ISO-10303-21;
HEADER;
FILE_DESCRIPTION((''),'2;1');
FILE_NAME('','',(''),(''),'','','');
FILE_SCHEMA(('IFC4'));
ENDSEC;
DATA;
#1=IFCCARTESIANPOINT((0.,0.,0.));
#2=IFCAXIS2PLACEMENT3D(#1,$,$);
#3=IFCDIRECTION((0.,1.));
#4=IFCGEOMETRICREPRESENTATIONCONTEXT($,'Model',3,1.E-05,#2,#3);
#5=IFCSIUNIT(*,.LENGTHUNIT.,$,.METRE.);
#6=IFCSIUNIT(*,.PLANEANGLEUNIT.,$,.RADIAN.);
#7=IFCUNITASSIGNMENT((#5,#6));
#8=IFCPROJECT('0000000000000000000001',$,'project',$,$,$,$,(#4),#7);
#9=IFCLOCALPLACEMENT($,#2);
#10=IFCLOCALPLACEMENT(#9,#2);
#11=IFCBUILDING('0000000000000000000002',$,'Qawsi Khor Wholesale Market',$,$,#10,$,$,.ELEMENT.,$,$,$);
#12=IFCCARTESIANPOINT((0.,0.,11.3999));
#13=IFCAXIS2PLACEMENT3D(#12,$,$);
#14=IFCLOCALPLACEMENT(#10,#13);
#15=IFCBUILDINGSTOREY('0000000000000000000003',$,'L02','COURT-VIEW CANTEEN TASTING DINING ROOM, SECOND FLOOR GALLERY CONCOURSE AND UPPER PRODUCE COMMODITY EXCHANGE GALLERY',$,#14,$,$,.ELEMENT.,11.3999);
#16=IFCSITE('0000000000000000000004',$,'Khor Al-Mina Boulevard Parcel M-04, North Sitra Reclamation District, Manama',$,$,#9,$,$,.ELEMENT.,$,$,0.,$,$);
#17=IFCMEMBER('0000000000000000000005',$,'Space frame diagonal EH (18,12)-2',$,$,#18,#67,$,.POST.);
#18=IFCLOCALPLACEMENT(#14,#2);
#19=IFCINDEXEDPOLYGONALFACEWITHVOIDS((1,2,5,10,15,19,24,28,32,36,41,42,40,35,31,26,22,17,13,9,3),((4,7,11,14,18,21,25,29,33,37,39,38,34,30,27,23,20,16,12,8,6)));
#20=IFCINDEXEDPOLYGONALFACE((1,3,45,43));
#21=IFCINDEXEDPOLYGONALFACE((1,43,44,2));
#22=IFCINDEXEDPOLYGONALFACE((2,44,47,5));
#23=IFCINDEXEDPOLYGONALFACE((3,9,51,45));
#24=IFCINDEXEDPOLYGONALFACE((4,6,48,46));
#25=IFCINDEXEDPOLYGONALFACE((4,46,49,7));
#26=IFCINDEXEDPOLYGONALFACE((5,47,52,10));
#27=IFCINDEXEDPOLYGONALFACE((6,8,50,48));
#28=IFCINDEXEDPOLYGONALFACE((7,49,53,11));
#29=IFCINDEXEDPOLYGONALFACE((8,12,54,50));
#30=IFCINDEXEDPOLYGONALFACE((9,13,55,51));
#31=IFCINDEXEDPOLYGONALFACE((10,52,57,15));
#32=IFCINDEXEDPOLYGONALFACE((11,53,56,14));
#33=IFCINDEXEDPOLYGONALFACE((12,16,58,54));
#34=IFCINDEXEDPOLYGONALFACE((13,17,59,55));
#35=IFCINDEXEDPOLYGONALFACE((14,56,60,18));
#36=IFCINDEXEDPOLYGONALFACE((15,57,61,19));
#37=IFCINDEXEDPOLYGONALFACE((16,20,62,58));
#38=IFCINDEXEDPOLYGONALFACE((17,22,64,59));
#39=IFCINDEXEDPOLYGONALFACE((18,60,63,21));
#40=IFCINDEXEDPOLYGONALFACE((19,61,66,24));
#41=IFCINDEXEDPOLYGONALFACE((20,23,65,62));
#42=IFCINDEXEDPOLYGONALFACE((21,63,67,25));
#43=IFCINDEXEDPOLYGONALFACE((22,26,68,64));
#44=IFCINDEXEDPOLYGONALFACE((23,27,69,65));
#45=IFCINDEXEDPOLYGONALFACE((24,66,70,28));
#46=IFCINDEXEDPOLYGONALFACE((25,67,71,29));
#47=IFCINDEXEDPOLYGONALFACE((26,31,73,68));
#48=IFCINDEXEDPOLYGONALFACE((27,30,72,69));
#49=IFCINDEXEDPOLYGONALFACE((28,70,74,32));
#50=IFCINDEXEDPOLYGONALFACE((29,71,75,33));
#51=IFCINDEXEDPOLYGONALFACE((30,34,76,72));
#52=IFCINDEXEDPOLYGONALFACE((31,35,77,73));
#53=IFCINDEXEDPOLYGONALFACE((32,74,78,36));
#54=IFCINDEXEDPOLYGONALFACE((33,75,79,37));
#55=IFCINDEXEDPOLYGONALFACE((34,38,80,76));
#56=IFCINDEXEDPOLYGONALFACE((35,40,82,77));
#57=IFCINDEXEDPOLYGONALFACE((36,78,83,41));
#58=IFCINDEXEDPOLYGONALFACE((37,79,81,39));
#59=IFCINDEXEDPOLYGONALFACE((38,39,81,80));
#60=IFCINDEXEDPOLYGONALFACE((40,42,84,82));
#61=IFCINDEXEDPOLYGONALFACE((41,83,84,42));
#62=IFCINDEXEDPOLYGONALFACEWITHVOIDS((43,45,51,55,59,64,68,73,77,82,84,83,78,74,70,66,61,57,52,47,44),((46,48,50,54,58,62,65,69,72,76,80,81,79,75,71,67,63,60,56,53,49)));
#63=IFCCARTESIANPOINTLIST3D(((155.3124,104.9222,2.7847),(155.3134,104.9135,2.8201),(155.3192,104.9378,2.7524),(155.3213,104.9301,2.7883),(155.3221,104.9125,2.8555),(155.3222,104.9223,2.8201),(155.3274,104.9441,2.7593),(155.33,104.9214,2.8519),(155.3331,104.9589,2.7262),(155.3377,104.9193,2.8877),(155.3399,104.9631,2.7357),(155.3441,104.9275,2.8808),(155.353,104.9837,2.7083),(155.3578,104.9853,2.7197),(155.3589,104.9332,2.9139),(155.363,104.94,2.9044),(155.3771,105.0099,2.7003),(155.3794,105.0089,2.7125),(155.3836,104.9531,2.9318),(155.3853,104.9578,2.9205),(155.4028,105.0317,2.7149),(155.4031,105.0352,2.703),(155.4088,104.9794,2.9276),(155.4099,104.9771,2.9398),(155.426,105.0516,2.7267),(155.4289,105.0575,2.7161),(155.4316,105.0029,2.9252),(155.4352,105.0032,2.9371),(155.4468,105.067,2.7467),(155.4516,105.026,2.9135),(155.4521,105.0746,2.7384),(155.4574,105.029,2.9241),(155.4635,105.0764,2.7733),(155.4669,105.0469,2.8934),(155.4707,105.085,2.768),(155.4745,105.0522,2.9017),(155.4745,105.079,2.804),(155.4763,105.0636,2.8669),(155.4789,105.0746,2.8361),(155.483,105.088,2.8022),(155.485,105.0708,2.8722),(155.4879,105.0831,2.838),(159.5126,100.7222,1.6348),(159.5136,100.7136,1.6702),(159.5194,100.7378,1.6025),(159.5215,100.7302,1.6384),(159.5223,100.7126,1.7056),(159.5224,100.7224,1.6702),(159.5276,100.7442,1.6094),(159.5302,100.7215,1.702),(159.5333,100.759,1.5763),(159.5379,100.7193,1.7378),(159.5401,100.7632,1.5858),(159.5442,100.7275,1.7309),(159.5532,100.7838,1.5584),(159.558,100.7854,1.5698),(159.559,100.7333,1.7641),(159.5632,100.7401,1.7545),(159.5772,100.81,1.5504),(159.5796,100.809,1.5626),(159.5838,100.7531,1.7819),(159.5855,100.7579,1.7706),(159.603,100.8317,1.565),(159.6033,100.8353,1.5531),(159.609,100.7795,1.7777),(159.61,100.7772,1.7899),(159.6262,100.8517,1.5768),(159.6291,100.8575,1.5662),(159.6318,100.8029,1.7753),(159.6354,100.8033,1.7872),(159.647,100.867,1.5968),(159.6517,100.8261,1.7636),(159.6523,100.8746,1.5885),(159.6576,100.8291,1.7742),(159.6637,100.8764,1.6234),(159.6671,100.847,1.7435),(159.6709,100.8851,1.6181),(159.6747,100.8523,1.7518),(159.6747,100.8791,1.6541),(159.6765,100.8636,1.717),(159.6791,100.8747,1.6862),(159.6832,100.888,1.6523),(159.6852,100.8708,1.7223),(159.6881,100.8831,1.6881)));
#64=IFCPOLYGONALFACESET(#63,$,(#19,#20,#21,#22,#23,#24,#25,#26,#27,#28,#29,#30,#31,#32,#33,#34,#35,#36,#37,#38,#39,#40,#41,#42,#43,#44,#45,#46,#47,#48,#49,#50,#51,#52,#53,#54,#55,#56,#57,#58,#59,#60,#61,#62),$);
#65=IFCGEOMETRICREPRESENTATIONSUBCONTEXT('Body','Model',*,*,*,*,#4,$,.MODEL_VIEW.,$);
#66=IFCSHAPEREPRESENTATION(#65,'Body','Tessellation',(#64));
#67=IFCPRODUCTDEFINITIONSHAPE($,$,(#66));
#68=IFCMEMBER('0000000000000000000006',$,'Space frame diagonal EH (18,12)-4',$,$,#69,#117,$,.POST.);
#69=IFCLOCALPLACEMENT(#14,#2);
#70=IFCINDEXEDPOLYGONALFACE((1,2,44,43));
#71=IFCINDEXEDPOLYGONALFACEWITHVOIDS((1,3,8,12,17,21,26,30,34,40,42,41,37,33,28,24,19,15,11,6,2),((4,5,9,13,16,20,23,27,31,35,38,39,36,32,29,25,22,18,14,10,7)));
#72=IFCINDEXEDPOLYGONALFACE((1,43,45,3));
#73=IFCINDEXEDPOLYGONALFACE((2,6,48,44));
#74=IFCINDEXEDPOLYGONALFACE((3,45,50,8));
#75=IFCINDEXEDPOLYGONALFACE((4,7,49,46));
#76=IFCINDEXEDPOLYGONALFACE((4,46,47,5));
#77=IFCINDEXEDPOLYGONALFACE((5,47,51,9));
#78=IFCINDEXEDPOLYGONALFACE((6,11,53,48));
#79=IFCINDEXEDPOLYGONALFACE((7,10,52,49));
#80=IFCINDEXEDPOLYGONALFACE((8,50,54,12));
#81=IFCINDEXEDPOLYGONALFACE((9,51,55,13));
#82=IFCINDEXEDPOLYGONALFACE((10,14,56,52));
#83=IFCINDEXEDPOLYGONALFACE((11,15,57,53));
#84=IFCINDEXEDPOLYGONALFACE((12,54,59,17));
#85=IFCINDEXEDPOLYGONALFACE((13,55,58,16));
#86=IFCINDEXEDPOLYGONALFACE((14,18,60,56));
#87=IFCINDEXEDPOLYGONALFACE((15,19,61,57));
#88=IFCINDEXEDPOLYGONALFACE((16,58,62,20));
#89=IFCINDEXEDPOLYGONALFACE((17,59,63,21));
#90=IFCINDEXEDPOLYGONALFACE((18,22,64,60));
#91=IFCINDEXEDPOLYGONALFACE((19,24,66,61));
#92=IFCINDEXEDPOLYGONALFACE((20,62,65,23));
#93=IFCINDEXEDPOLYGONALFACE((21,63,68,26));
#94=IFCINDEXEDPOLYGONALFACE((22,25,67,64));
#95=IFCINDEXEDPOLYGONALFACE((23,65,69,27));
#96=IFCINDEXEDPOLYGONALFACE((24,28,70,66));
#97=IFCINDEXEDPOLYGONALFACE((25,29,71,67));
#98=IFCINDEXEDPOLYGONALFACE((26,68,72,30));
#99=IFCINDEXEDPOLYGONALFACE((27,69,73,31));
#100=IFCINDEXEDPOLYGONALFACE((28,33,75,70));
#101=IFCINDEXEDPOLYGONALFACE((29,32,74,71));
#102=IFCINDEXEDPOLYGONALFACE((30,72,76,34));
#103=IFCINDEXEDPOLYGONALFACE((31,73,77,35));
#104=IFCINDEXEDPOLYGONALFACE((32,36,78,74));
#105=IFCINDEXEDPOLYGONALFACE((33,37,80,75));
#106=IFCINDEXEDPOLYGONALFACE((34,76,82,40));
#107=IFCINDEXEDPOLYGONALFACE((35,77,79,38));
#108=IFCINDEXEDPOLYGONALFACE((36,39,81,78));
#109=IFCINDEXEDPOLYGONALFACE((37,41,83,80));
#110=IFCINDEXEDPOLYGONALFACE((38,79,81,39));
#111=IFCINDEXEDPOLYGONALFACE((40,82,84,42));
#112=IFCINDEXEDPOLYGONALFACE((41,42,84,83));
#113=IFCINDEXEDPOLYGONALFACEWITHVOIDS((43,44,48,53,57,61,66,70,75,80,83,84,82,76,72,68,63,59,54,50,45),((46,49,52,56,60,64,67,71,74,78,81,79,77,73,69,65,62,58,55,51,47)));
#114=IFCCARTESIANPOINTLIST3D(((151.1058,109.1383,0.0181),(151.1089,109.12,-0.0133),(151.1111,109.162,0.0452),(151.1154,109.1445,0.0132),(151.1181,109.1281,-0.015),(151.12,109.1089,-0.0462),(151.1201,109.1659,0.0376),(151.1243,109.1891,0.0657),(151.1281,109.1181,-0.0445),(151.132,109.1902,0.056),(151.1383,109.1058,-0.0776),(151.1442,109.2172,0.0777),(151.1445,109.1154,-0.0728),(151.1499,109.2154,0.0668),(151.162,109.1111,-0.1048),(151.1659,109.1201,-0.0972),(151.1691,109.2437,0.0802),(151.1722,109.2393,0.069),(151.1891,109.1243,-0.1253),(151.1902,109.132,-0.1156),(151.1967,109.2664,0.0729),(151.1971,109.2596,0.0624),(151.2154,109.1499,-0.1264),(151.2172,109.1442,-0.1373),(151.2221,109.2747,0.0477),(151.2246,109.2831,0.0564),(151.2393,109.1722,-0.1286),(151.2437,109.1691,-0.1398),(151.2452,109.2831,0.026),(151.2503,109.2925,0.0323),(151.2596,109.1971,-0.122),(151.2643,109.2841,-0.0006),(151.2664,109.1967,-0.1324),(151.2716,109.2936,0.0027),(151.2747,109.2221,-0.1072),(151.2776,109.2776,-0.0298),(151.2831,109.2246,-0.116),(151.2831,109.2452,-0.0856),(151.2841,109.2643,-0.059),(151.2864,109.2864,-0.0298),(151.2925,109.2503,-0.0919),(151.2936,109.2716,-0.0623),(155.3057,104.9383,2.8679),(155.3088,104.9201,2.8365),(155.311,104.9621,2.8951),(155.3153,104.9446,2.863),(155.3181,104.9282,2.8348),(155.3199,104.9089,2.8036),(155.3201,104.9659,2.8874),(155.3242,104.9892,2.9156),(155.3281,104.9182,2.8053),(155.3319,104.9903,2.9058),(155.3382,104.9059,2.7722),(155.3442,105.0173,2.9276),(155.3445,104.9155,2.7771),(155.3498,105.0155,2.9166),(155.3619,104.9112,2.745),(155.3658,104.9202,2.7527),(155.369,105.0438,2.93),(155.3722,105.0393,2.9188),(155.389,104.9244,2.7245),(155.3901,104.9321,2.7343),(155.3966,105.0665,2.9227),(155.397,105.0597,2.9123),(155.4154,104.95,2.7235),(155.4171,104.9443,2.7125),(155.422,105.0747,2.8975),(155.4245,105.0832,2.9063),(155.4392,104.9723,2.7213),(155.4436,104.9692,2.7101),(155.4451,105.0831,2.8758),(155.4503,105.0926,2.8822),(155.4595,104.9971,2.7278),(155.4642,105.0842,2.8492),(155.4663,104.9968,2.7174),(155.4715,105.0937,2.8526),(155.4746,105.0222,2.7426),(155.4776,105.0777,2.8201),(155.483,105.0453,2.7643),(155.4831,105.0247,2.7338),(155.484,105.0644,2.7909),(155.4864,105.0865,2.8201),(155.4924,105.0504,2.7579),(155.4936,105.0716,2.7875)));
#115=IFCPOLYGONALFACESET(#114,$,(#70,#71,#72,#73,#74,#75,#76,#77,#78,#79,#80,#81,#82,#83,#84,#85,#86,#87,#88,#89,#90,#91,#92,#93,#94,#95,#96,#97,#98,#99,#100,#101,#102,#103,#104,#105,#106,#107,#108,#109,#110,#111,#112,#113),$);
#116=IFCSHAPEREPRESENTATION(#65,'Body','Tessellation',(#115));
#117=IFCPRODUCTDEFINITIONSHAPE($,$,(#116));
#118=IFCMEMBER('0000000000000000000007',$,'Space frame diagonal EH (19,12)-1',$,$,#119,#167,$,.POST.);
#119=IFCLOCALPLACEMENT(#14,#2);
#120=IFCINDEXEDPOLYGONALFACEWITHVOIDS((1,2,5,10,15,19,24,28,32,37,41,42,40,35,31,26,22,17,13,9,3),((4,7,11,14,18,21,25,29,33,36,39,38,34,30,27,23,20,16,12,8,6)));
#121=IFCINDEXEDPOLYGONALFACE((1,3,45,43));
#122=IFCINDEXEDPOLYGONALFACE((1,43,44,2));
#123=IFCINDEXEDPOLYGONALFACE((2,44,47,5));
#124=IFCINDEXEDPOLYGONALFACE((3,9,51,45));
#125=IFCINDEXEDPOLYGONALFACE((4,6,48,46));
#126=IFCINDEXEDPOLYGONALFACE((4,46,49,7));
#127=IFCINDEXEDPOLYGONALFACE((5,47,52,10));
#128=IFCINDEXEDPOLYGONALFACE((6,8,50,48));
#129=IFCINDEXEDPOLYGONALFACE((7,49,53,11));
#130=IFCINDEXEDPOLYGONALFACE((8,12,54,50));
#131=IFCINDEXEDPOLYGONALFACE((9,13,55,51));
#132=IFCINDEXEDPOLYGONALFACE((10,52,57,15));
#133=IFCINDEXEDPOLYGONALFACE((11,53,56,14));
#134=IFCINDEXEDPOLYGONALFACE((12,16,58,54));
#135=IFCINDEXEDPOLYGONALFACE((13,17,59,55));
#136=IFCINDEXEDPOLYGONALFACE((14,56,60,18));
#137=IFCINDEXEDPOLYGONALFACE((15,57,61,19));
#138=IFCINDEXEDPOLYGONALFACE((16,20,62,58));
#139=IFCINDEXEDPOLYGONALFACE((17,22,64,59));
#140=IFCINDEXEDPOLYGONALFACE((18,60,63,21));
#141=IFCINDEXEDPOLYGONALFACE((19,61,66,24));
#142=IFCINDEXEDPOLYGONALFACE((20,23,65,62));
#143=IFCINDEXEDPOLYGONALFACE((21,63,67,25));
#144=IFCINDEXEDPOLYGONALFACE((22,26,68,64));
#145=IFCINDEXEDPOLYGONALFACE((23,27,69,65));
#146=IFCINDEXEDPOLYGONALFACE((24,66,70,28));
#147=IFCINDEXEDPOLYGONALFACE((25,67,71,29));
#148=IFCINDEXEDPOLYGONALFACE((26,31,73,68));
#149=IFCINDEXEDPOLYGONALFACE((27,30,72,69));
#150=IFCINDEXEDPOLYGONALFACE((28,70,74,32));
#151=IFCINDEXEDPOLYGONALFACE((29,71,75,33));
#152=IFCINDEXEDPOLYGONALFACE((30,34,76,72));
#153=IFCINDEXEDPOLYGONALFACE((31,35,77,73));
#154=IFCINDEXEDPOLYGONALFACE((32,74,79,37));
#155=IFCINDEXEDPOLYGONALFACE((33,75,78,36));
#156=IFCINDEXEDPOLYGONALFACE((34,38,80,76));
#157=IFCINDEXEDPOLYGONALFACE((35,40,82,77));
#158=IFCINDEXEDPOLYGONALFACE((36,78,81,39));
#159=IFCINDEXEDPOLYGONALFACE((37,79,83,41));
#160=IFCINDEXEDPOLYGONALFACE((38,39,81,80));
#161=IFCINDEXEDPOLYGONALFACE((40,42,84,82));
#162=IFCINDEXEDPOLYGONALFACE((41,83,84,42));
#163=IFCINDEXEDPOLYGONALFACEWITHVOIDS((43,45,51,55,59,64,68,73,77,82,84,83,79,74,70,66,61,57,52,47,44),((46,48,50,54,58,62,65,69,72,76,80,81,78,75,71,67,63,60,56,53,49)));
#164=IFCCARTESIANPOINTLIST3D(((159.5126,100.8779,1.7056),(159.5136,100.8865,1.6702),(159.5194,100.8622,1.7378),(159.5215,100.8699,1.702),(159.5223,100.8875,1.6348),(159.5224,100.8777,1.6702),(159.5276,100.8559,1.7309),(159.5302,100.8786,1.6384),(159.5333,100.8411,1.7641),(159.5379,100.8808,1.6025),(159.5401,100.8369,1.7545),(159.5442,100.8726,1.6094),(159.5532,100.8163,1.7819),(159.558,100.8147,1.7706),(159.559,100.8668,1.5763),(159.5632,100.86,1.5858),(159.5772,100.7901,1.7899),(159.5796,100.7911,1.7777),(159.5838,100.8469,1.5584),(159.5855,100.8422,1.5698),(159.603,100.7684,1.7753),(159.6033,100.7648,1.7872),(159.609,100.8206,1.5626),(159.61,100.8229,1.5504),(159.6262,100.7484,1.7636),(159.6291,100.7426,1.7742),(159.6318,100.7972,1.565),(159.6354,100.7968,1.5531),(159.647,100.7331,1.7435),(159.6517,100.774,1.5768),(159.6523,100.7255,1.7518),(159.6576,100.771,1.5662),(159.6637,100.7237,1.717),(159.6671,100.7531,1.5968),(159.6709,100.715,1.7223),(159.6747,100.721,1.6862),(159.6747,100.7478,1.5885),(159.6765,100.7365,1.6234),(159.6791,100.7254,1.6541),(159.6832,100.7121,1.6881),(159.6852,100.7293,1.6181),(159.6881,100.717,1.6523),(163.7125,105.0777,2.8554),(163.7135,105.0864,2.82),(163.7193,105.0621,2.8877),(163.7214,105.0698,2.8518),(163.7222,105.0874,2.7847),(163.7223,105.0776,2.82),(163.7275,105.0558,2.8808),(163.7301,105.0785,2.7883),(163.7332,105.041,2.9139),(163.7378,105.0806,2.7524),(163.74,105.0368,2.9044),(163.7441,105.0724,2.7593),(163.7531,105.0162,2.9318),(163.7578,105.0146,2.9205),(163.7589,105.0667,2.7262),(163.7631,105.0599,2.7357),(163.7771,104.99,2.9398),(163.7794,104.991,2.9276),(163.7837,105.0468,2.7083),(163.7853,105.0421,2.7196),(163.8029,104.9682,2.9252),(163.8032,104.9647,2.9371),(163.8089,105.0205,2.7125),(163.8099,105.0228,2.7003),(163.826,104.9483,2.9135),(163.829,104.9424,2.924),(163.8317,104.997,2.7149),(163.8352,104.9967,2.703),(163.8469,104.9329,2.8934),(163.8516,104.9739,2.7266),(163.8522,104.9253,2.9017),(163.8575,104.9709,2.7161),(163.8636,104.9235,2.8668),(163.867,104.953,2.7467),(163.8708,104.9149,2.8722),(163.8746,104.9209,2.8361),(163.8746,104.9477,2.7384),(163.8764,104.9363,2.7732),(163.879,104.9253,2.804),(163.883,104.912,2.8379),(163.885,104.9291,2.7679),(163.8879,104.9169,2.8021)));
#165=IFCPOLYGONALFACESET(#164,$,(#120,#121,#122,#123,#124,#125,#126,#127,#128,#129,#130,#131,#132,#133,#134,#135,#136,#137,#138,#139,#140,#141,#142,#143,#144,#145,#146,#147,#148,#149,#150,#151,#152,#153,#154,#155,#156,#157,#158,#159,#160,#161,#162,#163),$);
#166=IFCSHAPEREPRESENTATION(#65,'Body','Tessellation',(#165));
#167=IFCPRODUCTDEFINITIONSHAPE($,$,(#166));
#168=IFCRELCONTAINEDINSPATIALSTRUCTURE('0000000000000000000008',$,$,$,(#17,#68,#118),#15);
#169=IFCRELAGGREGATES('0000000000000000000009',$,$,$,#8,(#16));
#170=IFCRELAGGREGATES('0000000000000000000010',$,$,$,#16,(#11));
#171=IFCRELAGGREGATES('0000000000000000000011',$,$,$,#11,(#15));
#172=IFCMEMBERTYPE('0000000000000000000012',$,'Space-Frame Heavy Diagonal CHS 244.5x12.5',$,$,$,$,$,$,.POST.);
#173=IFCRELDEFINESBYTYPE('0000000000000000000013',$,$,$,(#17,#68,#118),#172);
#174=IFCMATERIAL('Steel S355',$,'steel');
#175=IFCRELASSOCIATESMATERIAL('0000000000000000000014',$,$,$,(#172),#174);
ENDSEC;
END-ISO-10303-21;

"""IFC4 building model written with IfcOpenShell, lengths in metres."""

from ifc_helpers import new_model, si_unit, direction, frame, origin, origin_2d, place, context, subcontext, project, spatial, hollow_circle, extrude, material, material_profile, profile_set, type_object, element, save


model = new_model("IFC4")

# Units and contexts
model_context = context("Model", 3, precision=1e-05, world=origin(), true_north=direction((0.0, 1.0)))
body_context = subcontext(model_context, "Body", "Model", "MODEL_VIEW")
ifc_project = project(units=[si_unit("LENGTHUNIT", "METRE"), si_unit("PLANEANGLEUNIT", "RADIAN")], contexts=[model_context])

# Site, building, storey
site_placement = place(None, origin())
site = spatial("IfcSite", under=ifc_project, at=site_placement, Name="Khor Al-Mina Boulevard Parcel M-04, North Sitra Reclamation District, Manama", CompositionType="ELEMENT", RefElevation=0.0)
building_placement = place(site_placement, origin())
building = spatial("IfcBuilding", under=site, at=building_placement, Name="Qawsi Khor Wholesale Market", CompositionType="ELEMENT")
storey_placement = place(building_placement, frame((0.0, 0.0, 11.3999)))
storey = spatial("IfcBuildingStorey", under=building, at=storey_placement, Name="L02", Description="COURT-VIEW CANTEEN TASTING DINING ROOM, SECOND FLOOR GALLERY CONCOURSE AND UPPER PRODUCE COMMODITY EXCHANGE GALLERY", CompositionType="ELEMENT", Elevation=11.3999)

# Members
ifc_material_1 = material(Name="Steel S355", Category="steel")
ifc_material_profile_1 = material_profile(ifc_material_1, hollow_circle(Radius=0.1223, WallThickness=0.0125, at=origin_2d()), Name="CHS 244.5x12.5")
ifc_profile_set_1 = profile_set([ifc_material_profile_1], Name="Steel S355")
member_type_1 = type_object("IfcMemberType", Name="Space-Frame Heavy Diagonal CHS 244.5x12.5", PredefinedType="POST", material=ifc_profile_set_1)
member_1_placement = place(storey_placement, frame((159.6001, 100.8, 1.6702), z_axis=(-0.694238, 0.694197, 0.190064), x_axis=(-0.707086, -0.707127, 0.0)))
element("IfcMember", 1, at=member_1_placement, inside=storey, type_object=member_type_1, Name="Space frame diagonal EH (18,12)-2", PredefinedType="POST", context=body_context, shape_type="SweptSolid", body=[
    extrude(hollow_circle(Radius=0.1223, WallThickness=0.0125, at=origin_2d()), origin(), (0.0, 0.0, 1.0), 6.05),
])
member_2_placement = place(storey_placement, frame((151.2, 109.2, -0.0298), z_axis=(0.637522, -0.637522, 0.432587), x_axis=(0.707107, 0.707107, 0.0)))
element("IfcMember", 2, at=member_2_placement, inside=storey, type_object=member_type_1, Name="Space frame diagonal EH (18,12)-4", PredefinedType="POST", context=body_context, shape_type="SweptSolid", body=[
    extrude(hollow_circle(Radius=0.1223, WallThickness=0.0125, at=origin_2d()), origin(), (0.0, 0.0, 1.0), 6.5879),
])
member_3_placement = place(storey_placement, frame((159.6001, 100.8, 1.6702), z_axis=(0.694217, 0.694217, 0.190069), x_axis=(-0.707107, 0.707107, 0.0)))
element("IfcMember", 3, at=member_3_placement, inside=storey, type_object=member_type_1, Name="Space frame diagonal EH (19,12)-1", PredefinedType="POST", context=body_context, shape_type="SweptSolid", body=[
    extrude(hollow_circle(Radius=0.1223, WallThickness=0.0125, at=origin_2d()), origin(), (0.0, 0.0, 1.0), 6.0498),
])

save(model, "model.ifc")
